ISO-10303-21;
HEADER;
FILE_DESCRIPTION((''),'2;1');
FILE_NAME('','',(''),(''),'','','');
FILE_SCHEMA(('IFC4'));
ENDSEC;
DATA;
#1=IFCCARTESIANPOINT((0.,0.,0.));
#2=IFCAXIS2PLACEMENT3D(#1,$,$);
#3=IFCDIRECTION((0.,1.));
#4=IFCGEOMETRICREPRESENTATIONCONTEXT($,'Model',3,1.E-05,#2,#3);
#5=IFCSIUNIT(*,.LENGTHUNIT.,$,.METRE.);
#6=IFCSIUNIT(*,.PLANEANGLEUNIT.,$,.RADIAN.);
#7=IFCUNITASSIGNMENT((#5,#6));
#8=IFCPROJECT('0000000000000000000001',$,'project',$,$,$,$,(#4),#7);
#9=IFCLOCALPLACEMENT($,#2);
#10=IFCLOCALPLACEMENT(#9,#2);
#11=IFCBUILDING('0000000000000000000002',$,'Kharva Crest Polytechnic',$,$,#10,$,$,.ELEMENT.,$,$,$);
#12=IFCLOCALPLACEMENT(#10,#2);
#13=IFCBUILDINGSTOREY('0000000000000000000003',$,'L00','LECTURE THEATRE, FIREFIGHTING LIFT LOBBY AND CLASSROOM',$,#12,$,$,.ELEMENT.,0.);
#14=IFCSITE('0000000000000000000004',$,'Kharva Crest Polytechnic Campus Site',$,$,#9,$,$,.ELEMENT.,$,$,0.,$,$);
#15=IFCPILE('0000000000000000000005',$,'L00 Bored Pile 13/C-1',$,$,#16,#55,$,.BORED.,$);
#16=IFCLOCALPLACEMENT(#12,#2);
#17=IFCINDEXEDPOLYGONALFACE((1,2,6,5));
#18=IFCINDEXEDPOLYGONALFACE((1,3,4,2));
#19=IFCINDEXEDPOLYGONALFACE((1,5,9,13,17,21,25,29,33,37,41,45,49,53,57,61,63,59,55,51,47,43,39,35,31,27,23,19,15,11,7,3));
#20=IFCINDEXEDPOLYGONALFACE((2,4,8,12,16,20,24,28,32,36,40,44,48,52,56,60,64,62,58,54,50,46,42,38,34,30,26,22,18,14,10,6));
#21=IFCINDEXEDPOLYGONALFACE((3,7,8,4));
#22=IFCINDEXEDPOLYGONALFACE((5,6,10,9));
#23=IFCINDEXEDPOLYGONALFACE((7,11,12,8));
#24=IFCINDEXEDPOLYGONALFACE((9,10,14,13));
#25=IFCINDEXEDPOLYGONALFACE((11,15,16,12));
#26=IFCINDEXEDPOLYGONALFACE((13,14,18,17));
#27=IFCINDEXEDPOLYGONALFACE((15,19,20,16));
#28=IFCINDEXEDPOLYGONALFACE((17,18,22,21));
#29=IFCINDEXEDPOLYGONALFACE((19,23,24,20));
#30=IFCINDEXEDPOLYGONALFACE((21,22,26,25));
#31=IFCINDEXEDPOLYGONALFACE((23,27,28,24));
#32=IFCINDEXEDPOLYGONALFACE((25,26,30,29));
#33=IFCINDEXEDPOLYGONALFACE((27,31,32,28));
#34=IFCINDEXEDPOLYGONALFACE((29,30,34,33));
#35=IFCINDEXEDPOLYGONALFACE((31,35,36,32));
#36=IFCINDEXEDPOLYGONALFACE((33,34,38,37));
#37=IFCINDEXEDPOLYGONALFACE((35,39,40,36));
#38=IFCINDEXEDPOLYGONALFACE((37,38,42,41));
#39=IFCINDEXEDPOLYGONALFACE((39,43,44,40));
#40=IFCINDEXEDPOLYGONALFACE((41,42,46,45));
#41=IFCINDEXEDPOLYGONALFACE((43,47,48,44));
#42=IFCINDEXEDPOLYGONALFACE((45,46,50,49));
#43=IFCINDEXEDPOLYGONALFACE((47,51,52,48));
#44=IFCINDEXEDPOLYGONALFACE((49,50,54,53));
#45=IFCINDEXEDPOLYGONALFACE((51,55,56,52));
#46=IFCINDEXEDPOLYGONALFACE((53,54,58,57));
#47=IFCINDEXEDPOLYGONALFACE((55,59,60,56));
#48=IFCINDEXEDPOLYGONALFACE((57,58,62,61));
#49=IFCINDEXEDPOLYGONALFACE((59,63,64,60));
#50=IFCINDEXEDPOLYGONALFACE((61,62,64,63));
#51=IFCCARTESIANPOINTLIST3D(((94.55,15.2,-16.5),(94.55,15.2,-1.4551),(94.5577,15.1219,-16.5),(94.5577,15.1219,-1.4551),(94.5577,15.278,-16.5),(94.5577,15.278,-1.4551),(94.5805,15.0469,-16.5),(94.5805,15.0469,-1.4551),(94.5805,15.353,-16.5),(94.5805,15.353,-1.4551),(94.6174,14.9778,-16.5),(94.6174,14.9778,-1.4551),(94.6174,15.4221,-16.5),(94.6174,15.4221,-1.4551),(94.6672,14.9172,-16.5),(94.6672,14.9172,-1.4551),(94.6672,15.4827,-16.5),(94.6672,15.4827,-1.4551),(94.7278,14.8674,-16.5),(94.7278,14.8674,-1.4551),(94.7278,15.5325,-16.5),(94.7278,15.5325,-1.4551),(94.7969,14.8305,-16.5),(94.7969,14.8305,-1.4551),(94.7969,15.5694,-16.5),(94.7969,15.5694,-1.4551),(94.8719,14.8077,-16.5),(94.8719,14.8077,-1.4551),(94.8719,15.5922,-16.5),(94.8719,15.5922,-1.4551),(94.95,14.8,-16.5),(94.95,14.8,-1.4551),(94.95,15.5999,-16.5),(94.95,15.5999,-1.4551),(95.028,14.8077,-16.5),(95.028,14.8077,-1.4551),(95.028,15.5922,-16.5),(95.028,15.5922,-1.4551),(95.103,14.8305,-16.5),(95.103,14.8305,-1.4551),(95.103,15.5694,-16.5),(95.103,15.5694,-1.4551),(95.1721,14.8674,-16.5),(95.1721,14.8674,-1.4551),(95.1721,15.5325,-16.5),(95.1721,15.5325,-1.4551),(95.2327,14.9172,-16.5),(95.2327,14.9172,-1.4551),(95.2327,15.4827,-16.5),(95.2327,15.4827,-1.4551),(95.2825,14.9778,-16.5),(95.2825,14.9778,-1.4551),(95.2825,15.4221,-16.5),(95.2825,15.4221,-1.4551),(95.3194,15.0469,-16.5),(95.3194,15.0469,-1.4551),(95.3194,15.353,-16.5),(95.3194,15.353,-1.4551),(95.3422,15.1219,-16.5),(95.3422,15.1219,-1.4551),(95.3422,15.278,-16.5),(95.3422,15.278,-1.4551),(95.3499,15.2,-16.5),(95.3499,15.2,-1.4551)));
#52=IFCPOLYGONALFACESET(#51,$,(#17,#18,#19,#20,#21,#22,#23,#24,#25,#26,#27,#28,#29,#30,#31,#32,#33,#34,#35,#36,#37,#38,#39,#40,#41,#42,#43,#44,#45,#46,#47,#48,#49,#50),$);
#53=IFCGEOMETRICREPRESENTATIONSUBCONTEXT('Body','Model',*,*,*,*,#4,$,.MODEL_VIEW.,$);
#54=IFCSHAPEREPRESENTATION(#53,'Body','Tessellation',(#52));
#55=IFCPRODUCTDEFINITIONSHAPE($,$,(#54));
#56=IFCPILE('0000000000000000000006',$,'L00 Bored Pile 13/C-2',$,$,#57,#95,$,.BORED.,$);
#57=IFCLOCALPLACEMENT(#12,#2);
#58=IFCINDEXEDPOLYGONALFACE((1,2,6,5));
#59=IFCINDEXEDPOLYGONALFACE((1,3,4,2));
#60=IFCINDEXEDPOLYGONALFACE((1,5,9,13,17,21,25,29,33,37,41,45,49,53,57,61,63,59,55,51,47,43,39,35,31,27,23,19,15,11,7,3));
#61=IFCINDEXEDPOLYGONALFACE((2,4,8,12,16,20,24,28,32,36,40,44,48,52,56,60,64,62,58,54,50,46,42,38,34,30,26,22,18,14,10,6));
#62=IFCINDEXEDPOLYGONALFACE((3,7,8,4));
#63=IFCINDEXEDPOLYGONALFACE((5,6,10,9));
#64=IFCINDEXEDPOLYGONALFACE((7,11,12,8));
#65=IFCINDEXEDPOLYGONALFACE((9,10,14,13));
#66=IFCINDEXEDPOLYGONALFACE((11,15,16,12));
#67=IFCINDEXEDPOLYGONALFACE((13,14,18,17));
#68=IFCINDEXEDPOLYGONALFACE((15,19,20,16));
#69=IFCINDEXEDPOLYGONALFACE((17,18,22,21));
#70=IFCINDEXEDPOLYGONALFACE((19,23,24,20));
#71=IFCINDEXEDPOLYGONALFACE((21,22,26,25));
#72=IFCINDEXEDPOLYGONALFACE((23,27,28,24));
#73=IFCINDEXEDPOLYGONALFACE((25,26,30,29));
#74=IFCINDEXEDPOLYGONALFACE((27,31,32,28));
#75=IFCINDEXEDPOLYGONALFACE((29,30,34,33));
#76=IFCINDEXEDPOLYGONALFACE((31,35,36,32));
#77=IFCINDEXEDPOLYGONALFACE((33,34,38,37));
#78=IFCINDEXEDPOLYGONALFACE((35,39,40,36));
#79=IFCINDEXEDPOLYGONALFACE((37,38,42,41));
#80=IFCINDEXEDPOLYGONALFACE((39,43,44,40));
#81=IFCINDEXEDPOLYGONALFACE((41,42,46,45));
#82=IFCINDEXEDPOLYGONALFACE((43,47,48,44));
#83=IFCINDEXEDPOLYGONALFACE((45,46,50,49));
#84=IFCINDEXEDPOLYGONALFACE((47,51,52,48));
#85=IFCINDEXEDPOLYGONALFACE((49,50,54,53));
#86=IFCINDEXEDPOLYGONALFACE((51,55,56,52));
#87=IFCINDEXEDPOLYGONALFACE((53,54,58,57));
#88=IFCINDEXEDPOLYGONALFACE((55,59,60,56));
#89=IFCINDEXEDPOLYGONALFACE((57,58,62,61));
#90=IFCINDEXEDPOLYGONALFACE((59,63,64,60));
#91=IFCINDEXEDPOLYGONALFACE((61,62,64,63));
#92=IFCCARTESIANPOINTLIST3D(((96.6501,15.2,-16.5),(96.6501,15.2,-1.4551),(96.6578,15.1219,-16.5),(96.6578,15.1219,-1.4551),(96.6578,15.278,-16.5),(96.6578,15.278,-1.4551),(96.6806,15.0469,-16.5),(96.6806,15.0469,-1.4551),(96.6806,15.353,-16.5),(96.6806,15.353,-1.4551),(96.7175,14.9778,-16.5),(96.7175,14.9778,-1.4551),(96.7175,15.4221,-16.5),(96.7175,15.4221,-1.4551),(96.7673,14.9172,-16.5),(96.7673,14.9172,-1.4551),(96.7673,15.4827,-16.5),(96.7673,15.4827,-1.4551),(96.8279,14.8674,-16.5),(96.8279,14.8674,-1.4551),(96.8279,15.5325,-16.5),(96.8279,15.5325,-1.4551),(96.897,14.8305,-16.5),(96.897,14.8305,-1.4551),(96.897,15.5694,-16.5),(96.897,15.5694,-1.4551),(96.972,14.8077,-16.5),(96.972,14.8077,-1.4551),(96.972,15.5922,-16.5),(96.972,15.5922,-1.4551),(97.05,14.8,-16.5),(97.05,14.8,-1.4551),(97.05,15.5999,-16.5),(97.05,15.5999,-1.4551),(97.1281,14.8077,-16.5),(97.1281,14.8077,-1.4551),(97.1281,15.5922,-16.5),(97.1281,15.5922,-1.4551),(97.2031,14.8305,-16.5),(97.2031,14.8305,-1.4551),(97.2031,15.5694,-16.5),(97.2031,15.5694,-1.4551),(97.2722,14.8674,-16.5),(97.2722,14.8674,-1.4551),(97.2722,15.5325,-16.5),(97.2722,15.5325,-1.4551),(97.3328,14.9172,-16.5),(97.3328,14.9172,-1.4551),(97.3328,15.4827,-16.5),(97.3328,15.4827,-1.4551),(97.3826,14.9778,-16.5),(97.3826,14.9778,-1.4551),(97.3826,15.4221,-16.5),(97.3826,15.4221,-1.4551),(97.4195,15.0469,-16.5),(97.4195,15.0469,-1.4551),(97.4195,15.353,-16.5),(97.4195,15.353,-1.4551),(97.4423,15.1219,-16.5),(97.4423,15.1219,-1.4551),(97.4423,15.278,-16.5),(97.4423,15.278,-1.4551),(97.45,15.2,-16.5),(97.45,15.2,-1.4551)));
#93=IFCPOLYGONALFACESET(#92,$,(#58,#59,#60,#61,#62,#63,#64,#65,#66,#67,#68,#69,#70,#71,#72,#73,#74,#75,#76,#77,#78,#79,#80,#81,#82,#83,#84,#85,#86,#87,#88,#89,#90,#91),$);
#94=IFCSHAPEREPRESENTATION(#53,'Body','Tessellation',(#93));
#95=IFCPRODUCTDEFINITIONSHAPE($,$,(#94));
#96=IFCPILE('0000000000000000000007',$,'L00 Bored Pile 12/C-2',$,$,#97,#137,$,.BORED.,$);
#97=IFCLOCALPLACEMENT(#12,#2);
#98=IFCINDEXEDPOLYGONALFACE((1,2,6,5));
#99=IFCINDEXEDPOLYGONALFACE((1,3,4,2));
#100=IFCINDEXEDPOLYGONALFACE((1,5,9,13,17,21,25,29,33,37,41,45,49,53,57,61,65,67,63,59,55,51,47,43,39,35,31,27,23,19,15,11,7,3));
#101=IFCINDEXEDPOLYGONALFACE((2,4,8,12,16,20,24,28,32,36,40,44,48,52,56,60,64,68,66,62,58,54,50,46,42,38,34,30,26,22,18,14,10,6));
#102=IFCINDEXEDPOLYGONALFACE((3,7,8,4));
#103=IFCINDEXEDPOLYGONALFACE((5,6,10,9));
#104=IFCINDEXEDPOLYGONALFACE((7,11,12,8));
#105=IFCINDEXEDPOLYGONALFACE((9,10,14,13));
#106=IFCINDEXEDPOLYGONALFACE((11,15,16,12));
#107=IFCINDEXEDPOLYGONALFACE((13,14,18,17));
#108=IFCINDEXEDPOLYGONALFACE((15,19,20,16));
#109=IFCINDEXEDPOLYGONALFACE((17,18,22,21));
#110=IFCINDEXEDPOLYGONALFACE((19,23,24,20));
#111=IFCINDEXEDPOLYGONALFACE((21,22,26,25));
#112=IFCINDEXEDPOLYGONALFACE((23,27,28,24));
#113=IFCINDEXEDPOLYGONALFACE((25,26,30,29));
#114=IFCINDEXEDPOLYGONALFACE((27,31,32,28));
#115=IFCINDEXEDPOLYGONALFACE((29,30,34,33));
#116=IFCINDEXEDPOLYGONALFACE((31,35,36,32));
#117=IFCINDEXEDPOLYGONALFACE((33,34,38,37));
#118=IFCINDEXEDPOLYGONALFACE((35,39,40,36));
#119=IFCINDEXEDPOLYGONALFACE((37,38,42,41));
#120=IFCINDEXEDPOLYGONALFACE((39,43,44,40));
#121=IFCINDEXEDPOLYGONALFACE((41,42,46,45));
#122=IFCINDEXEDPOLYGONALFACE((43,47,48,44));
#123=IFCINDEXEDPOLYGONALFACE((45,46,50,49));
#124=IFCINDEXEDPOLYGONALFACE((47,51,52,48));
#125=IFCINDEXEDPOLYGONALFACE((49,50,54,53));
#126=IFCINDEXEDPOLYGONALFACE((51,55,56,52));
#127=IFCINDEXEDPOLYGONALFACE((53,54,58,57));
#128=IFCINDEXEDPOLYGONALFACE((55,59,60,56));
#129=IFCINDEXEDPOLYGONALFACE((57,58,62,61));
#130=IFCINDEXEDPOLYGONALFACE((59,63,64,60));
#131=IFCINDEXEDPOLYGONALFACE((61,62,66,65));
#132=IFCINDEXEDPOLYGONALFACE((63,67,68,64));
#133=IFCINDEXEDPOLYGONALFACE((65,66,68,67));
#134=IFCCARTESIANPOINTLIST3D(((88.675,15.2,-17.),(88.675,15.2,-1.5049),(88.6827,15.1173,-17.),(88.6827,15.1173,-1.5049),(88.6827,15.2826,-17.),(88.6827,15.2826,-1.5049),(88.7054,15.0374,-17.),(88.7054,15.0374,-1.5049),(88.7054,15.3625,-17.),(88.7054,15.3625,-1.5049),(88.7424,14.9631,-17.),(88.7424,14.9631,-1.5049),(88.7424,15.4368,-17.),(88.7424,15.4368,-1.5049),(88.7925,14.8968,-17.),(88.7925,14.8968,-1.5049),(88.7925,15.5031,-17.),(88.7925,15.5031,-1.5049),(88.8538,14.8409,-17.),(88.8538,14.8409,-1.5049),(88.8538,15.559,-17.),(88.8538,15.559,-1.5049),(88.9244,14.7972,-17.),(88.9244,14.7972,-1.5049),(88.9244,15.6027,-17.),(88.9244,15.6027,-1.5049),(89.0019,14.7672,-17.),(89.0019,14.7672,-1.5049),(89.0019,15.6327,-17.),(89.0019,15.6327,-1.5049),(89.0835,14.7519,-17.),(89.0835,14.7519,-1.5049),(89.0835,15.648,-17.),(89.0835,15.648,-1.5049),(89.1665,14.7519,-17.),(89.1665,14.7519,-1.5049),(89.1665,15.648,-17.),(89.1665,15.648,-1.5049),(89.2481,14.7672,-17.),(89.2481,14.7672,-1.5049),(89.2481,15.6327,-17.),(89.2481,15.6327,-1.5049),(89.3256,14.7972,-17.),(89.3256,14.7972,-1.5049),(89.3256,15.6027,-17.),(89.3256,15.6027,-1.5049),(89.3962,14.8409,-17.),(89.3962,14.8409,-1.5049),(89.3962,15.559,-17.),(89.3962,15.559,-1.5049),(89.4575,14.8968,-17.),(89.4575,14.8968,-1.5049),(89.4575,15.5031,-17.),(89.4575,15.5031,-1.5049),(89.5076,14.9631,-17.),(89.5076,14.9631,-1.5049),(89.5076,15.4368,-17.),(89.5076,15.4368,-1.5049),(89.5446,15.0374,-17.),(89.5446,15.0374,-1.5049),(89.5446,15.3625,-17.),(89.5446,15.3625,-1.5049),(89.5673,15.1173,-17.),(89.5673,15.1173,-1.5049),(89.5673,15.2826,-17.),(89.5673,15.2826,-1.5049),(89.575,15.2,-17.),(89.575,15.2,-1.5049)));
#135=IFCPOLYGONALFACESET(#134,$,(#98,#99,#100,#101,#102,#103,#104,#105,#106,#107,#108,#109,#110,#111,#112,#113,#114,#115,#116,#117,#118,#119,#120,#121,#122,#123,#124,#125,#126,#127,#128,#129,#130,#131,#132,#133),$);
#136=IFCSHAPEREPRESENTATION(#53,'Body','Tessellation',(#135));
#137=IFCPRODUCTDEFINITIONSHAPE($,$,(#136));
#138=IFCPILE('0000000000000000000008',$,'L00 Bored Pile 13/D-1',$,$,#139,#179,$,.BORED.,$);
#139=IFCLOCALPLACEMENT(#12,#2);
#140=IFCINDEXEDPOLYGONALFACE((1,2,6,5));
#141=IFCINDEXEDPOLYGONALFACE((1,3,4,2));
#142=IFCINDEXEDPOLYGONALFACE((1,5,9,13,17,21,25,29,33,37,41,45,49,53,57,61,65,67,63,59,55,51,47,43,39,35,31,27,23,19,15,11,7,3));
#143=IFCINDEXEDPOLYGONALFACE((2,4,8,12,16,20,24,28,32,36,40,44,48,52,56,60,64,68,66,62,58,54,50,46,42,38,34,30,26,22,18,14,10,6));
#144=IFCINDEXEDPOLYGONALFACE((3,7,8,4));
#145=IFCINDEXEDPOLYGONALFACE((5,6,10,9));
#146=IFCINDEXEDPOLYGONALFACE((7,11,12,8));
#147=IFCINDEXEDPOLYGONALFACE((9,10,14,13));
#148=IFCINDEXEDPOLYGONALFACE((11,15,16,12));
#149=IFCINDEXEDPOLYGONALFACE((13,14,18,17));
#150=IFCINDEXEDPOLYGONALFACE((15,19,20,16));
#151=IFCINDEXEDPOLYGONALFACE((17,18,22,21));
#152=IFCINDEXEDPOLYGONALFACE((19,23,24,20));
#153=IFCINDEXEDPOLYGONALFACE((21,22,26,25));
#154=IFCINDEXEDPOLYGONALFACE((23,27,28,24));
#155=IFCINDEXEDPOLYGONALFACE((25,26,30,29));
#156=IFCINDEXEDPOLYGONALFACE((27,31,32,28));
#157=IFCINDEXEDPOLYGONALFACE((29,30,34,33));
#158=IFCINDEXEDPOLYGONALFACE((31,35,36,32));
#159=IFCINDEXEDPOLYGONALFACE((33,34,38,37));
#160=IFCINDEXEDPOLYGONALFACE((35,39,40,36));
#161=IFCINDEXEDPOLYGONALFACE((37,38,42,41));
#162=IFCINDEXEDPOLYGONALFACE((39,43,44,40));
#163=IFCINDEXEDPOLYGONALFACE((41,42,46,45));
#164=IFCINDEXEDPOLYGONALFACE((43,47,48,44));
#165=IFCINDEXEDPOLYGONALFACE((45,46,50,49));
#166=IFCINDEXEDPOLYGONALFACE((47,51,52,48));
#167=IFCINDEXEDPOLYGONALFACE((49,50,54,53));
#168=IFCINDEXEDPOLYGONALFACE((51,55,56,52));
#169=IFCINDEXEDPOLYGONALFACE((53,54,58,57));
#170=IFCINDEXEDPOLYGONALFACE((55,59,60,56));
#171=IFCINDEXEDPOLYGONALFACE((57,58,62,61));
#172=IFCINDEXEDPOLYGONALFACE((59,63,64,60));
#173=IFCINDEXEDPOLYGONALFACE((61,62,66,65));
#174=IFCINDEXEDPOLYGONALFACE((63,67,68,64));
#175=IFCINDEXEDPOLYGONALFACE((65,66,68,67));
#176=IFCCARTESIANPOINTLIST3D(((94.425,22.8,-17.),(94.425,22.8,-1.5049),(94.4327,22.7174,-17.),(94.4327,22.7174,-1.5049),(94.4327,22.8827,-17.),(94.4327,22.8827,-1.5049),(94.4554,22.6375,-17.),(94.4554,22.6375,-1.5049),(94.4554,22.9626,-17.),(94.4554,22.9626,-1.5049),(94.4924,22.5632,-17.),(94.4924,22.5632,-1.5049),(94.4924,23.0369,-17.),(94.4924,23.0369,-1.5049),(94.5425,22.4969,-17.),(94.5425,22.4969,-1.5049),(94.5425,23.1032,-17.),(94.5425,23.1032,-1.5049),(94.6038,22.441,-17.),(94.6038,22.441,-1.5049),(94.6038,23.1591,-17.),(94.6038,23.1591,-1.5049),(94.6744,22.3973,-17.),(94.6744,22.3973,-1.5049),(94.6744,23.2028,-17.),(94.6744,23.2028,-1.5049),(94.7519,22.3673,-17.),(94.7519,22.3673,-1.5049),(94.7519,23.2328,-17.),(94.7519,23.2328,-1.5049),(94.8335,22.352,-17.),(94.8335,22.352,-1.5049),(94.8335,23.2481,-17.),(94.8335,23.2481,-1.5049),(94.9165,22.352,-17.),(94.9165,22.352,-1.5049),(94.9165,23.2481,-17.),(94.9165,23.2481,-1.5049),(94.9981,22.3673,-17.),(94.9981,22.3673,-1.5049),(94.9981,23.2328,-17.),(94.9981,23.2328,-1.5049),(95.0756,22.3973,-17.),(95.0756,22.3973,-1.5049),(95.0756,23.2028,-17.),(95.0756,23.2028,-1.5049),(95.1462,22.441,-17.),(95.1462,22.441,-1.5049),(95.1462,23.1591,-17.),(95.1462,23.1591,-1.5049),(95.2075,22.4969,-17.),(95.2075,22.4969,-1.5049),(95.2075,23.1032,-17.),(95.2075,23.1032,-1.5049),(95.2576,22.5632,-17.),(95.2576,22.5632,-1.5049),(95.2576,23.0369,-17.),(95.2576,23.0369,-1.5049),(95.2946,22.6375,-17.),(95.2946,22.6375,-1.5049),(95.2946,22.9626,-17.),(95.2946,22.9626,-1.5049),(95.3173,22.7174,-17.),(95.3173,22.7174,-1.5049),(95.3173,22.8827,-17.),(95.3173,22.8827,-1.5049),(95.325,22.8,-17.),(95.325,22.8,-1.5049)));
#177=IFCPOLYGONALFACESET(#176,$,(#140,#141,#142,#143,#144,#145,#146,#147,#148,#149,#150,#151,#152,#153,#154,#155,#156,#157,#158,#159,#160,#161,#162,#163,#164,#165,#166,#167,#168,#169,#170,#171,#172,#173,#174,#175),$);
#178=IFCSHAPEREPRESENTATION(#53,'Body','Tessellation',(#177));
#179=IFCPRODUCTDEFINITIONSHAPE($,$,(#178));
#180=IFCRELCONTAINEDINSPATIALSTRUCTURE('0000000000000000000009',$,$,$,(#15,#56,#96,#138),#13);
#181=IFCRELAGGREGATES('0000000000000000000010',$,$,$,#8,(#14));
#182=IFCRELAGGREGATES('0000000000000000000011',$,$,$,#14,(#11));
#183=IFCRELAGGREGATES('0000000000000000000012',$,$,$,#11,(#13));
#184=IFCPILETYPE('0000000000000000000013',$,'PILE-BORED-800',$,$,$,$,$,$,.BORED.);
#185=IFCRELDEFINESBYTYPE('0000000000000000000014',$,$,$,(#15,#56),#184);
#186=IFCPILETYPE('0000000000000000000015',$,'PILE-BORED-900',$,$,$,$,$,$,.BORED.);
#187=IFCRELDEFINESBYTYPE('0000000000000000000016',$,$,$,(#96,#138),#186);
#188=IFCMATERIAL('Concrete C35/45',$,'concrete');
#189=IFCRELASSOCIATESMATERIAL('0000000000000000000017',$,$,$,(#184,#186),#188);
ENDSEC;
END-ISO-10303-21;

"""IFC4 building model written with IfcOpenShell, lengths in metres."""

from ifc_helpers import new_model, si_unit, direction, frame, origin, origin_2d, place, context, subcontext, project, spatial, circle, extrude, material, material_profile, profile_set, type_object, element, save


model = new_model("IFC4")

# Units and contexts
model_context = context("Model", 3, precision=1e-05, world=origin(), true_north=direction((0.0, 1.0)))
body_context = subcontext(model_context, "Body", "Model", "MODEL_VIEW")
ifc_project = project(units=[si_unit("LENGTHUNIT", "METRE"), si_unit("PLANEANGLEUNIT", "RADIAN")], contexts=[model_context])

# Site, building, storey
site_placement = place(None, origin())
site = spatial("IfcSite", under=ifc_project, at=site_placement, Name="Kharva Crest Polytechnic Campus Site", CompositionType="ELEMENT", RefElevation=0.0)
building_placement = place(site_placement, origin())
building = spatial("IfcBuilding", under=site, at=building_placement, Name="Kharva Crest Polytechnic", CompositionType="ELEMENT")
storey_placement = place(building_placement, origin())
storey = spatial("IfcBuildingStorey", under=building, at=storey_placement, Name="L00", Description="LECTURE THEATRE, FIREFIGHTING LIFT LOBBY AND CLASSROOM", CompositionType="ELEMENT", Elevation=0.0)

# Shared definitions
ifc_material_1 = material(Name="Concrete C35/45", Category="concrete")

# Piles
ifc_material_profile_1 = material_profile(ifc_material_1, circle(Radius=0.3999, at=origin_2d()), Name="DIA 800")
ifc_profile_set_1 = profile_set([ifc_material_profile_1], Name="Concrete C35/45")
pile_type_1 = type_object("IfcPileType", Name="PILE-BORED-800", PredefinedType="BORED", material=ifc_profile_set_1)
for number, where, z_axis, x_axis, name in (
    (1, (94.95, 15.2, -1.4551), (0.0, 0.0, -1.0), (1.0, 0.0, 0.0), "L00 Bored Pile 13/C-1"),
    (2, (97.05, 15.2, -1.4551), (0.0, 0.0, -1.0), (1.0, 0.0, 0.0), "L00 Bored Pile 13/C-2"),
):
    element("IfcPile", number, at=place(storey_placement, frame(where, z_axis=z_axis, x_axis=x_axis)), inside=storey, type_object=pile_type_1, Name=name, PredefinedType="BORED", context=body_context, shape_type="SweptSolid", body=[
        extrude(circle(Radius=0.3999, at=origin_2d()), origin(), (0.0, 0.0, 1.0), 15.0449),
    ])
ifc_material_profile_2 = material_profile(ifc_material_1, circle(Radius=0.45, at=origin_2d()), Name="DIA 900")
ifc_profile_set_2 = profile_set([ifc_material_profile_2], Name="Concrete C35/45")
pile_type_2 = type_object("IfcPileType", Name="PILE-BORED-900", PredefinedType="BORED", material=ifc_profile_set_2)
for number, where, z_axis, x_axis, name in (
    (3, (89.125, 15.2, -1.5049), (0.0, 0.0, -1.0), (1.0, 0.0, 0.0), "L00 Bored Pile 12/C-2"),
    (4, (94.875, 22.8, -1.5049), (0.0, 0.0, -1.0), (1.0, 0.0, 0.0), "L00 Bored Pile 13/D-1"),
):
    element("IfcPile", number, at=place(storey_placement, frame(where, z_axis=z_axis, x_axis=x_axis)), inside=storey, type_object=pile_type_2, Name=name, PredefinedType="BORED", context=body_context, shape_type="SweptSolid", body=[
        extrude(circle(Radius=0.45, at=origin_2d()), origin(), (0.0, 0.0, 1.0), 15.4951),
    ])

save(model, "model.ifc")
